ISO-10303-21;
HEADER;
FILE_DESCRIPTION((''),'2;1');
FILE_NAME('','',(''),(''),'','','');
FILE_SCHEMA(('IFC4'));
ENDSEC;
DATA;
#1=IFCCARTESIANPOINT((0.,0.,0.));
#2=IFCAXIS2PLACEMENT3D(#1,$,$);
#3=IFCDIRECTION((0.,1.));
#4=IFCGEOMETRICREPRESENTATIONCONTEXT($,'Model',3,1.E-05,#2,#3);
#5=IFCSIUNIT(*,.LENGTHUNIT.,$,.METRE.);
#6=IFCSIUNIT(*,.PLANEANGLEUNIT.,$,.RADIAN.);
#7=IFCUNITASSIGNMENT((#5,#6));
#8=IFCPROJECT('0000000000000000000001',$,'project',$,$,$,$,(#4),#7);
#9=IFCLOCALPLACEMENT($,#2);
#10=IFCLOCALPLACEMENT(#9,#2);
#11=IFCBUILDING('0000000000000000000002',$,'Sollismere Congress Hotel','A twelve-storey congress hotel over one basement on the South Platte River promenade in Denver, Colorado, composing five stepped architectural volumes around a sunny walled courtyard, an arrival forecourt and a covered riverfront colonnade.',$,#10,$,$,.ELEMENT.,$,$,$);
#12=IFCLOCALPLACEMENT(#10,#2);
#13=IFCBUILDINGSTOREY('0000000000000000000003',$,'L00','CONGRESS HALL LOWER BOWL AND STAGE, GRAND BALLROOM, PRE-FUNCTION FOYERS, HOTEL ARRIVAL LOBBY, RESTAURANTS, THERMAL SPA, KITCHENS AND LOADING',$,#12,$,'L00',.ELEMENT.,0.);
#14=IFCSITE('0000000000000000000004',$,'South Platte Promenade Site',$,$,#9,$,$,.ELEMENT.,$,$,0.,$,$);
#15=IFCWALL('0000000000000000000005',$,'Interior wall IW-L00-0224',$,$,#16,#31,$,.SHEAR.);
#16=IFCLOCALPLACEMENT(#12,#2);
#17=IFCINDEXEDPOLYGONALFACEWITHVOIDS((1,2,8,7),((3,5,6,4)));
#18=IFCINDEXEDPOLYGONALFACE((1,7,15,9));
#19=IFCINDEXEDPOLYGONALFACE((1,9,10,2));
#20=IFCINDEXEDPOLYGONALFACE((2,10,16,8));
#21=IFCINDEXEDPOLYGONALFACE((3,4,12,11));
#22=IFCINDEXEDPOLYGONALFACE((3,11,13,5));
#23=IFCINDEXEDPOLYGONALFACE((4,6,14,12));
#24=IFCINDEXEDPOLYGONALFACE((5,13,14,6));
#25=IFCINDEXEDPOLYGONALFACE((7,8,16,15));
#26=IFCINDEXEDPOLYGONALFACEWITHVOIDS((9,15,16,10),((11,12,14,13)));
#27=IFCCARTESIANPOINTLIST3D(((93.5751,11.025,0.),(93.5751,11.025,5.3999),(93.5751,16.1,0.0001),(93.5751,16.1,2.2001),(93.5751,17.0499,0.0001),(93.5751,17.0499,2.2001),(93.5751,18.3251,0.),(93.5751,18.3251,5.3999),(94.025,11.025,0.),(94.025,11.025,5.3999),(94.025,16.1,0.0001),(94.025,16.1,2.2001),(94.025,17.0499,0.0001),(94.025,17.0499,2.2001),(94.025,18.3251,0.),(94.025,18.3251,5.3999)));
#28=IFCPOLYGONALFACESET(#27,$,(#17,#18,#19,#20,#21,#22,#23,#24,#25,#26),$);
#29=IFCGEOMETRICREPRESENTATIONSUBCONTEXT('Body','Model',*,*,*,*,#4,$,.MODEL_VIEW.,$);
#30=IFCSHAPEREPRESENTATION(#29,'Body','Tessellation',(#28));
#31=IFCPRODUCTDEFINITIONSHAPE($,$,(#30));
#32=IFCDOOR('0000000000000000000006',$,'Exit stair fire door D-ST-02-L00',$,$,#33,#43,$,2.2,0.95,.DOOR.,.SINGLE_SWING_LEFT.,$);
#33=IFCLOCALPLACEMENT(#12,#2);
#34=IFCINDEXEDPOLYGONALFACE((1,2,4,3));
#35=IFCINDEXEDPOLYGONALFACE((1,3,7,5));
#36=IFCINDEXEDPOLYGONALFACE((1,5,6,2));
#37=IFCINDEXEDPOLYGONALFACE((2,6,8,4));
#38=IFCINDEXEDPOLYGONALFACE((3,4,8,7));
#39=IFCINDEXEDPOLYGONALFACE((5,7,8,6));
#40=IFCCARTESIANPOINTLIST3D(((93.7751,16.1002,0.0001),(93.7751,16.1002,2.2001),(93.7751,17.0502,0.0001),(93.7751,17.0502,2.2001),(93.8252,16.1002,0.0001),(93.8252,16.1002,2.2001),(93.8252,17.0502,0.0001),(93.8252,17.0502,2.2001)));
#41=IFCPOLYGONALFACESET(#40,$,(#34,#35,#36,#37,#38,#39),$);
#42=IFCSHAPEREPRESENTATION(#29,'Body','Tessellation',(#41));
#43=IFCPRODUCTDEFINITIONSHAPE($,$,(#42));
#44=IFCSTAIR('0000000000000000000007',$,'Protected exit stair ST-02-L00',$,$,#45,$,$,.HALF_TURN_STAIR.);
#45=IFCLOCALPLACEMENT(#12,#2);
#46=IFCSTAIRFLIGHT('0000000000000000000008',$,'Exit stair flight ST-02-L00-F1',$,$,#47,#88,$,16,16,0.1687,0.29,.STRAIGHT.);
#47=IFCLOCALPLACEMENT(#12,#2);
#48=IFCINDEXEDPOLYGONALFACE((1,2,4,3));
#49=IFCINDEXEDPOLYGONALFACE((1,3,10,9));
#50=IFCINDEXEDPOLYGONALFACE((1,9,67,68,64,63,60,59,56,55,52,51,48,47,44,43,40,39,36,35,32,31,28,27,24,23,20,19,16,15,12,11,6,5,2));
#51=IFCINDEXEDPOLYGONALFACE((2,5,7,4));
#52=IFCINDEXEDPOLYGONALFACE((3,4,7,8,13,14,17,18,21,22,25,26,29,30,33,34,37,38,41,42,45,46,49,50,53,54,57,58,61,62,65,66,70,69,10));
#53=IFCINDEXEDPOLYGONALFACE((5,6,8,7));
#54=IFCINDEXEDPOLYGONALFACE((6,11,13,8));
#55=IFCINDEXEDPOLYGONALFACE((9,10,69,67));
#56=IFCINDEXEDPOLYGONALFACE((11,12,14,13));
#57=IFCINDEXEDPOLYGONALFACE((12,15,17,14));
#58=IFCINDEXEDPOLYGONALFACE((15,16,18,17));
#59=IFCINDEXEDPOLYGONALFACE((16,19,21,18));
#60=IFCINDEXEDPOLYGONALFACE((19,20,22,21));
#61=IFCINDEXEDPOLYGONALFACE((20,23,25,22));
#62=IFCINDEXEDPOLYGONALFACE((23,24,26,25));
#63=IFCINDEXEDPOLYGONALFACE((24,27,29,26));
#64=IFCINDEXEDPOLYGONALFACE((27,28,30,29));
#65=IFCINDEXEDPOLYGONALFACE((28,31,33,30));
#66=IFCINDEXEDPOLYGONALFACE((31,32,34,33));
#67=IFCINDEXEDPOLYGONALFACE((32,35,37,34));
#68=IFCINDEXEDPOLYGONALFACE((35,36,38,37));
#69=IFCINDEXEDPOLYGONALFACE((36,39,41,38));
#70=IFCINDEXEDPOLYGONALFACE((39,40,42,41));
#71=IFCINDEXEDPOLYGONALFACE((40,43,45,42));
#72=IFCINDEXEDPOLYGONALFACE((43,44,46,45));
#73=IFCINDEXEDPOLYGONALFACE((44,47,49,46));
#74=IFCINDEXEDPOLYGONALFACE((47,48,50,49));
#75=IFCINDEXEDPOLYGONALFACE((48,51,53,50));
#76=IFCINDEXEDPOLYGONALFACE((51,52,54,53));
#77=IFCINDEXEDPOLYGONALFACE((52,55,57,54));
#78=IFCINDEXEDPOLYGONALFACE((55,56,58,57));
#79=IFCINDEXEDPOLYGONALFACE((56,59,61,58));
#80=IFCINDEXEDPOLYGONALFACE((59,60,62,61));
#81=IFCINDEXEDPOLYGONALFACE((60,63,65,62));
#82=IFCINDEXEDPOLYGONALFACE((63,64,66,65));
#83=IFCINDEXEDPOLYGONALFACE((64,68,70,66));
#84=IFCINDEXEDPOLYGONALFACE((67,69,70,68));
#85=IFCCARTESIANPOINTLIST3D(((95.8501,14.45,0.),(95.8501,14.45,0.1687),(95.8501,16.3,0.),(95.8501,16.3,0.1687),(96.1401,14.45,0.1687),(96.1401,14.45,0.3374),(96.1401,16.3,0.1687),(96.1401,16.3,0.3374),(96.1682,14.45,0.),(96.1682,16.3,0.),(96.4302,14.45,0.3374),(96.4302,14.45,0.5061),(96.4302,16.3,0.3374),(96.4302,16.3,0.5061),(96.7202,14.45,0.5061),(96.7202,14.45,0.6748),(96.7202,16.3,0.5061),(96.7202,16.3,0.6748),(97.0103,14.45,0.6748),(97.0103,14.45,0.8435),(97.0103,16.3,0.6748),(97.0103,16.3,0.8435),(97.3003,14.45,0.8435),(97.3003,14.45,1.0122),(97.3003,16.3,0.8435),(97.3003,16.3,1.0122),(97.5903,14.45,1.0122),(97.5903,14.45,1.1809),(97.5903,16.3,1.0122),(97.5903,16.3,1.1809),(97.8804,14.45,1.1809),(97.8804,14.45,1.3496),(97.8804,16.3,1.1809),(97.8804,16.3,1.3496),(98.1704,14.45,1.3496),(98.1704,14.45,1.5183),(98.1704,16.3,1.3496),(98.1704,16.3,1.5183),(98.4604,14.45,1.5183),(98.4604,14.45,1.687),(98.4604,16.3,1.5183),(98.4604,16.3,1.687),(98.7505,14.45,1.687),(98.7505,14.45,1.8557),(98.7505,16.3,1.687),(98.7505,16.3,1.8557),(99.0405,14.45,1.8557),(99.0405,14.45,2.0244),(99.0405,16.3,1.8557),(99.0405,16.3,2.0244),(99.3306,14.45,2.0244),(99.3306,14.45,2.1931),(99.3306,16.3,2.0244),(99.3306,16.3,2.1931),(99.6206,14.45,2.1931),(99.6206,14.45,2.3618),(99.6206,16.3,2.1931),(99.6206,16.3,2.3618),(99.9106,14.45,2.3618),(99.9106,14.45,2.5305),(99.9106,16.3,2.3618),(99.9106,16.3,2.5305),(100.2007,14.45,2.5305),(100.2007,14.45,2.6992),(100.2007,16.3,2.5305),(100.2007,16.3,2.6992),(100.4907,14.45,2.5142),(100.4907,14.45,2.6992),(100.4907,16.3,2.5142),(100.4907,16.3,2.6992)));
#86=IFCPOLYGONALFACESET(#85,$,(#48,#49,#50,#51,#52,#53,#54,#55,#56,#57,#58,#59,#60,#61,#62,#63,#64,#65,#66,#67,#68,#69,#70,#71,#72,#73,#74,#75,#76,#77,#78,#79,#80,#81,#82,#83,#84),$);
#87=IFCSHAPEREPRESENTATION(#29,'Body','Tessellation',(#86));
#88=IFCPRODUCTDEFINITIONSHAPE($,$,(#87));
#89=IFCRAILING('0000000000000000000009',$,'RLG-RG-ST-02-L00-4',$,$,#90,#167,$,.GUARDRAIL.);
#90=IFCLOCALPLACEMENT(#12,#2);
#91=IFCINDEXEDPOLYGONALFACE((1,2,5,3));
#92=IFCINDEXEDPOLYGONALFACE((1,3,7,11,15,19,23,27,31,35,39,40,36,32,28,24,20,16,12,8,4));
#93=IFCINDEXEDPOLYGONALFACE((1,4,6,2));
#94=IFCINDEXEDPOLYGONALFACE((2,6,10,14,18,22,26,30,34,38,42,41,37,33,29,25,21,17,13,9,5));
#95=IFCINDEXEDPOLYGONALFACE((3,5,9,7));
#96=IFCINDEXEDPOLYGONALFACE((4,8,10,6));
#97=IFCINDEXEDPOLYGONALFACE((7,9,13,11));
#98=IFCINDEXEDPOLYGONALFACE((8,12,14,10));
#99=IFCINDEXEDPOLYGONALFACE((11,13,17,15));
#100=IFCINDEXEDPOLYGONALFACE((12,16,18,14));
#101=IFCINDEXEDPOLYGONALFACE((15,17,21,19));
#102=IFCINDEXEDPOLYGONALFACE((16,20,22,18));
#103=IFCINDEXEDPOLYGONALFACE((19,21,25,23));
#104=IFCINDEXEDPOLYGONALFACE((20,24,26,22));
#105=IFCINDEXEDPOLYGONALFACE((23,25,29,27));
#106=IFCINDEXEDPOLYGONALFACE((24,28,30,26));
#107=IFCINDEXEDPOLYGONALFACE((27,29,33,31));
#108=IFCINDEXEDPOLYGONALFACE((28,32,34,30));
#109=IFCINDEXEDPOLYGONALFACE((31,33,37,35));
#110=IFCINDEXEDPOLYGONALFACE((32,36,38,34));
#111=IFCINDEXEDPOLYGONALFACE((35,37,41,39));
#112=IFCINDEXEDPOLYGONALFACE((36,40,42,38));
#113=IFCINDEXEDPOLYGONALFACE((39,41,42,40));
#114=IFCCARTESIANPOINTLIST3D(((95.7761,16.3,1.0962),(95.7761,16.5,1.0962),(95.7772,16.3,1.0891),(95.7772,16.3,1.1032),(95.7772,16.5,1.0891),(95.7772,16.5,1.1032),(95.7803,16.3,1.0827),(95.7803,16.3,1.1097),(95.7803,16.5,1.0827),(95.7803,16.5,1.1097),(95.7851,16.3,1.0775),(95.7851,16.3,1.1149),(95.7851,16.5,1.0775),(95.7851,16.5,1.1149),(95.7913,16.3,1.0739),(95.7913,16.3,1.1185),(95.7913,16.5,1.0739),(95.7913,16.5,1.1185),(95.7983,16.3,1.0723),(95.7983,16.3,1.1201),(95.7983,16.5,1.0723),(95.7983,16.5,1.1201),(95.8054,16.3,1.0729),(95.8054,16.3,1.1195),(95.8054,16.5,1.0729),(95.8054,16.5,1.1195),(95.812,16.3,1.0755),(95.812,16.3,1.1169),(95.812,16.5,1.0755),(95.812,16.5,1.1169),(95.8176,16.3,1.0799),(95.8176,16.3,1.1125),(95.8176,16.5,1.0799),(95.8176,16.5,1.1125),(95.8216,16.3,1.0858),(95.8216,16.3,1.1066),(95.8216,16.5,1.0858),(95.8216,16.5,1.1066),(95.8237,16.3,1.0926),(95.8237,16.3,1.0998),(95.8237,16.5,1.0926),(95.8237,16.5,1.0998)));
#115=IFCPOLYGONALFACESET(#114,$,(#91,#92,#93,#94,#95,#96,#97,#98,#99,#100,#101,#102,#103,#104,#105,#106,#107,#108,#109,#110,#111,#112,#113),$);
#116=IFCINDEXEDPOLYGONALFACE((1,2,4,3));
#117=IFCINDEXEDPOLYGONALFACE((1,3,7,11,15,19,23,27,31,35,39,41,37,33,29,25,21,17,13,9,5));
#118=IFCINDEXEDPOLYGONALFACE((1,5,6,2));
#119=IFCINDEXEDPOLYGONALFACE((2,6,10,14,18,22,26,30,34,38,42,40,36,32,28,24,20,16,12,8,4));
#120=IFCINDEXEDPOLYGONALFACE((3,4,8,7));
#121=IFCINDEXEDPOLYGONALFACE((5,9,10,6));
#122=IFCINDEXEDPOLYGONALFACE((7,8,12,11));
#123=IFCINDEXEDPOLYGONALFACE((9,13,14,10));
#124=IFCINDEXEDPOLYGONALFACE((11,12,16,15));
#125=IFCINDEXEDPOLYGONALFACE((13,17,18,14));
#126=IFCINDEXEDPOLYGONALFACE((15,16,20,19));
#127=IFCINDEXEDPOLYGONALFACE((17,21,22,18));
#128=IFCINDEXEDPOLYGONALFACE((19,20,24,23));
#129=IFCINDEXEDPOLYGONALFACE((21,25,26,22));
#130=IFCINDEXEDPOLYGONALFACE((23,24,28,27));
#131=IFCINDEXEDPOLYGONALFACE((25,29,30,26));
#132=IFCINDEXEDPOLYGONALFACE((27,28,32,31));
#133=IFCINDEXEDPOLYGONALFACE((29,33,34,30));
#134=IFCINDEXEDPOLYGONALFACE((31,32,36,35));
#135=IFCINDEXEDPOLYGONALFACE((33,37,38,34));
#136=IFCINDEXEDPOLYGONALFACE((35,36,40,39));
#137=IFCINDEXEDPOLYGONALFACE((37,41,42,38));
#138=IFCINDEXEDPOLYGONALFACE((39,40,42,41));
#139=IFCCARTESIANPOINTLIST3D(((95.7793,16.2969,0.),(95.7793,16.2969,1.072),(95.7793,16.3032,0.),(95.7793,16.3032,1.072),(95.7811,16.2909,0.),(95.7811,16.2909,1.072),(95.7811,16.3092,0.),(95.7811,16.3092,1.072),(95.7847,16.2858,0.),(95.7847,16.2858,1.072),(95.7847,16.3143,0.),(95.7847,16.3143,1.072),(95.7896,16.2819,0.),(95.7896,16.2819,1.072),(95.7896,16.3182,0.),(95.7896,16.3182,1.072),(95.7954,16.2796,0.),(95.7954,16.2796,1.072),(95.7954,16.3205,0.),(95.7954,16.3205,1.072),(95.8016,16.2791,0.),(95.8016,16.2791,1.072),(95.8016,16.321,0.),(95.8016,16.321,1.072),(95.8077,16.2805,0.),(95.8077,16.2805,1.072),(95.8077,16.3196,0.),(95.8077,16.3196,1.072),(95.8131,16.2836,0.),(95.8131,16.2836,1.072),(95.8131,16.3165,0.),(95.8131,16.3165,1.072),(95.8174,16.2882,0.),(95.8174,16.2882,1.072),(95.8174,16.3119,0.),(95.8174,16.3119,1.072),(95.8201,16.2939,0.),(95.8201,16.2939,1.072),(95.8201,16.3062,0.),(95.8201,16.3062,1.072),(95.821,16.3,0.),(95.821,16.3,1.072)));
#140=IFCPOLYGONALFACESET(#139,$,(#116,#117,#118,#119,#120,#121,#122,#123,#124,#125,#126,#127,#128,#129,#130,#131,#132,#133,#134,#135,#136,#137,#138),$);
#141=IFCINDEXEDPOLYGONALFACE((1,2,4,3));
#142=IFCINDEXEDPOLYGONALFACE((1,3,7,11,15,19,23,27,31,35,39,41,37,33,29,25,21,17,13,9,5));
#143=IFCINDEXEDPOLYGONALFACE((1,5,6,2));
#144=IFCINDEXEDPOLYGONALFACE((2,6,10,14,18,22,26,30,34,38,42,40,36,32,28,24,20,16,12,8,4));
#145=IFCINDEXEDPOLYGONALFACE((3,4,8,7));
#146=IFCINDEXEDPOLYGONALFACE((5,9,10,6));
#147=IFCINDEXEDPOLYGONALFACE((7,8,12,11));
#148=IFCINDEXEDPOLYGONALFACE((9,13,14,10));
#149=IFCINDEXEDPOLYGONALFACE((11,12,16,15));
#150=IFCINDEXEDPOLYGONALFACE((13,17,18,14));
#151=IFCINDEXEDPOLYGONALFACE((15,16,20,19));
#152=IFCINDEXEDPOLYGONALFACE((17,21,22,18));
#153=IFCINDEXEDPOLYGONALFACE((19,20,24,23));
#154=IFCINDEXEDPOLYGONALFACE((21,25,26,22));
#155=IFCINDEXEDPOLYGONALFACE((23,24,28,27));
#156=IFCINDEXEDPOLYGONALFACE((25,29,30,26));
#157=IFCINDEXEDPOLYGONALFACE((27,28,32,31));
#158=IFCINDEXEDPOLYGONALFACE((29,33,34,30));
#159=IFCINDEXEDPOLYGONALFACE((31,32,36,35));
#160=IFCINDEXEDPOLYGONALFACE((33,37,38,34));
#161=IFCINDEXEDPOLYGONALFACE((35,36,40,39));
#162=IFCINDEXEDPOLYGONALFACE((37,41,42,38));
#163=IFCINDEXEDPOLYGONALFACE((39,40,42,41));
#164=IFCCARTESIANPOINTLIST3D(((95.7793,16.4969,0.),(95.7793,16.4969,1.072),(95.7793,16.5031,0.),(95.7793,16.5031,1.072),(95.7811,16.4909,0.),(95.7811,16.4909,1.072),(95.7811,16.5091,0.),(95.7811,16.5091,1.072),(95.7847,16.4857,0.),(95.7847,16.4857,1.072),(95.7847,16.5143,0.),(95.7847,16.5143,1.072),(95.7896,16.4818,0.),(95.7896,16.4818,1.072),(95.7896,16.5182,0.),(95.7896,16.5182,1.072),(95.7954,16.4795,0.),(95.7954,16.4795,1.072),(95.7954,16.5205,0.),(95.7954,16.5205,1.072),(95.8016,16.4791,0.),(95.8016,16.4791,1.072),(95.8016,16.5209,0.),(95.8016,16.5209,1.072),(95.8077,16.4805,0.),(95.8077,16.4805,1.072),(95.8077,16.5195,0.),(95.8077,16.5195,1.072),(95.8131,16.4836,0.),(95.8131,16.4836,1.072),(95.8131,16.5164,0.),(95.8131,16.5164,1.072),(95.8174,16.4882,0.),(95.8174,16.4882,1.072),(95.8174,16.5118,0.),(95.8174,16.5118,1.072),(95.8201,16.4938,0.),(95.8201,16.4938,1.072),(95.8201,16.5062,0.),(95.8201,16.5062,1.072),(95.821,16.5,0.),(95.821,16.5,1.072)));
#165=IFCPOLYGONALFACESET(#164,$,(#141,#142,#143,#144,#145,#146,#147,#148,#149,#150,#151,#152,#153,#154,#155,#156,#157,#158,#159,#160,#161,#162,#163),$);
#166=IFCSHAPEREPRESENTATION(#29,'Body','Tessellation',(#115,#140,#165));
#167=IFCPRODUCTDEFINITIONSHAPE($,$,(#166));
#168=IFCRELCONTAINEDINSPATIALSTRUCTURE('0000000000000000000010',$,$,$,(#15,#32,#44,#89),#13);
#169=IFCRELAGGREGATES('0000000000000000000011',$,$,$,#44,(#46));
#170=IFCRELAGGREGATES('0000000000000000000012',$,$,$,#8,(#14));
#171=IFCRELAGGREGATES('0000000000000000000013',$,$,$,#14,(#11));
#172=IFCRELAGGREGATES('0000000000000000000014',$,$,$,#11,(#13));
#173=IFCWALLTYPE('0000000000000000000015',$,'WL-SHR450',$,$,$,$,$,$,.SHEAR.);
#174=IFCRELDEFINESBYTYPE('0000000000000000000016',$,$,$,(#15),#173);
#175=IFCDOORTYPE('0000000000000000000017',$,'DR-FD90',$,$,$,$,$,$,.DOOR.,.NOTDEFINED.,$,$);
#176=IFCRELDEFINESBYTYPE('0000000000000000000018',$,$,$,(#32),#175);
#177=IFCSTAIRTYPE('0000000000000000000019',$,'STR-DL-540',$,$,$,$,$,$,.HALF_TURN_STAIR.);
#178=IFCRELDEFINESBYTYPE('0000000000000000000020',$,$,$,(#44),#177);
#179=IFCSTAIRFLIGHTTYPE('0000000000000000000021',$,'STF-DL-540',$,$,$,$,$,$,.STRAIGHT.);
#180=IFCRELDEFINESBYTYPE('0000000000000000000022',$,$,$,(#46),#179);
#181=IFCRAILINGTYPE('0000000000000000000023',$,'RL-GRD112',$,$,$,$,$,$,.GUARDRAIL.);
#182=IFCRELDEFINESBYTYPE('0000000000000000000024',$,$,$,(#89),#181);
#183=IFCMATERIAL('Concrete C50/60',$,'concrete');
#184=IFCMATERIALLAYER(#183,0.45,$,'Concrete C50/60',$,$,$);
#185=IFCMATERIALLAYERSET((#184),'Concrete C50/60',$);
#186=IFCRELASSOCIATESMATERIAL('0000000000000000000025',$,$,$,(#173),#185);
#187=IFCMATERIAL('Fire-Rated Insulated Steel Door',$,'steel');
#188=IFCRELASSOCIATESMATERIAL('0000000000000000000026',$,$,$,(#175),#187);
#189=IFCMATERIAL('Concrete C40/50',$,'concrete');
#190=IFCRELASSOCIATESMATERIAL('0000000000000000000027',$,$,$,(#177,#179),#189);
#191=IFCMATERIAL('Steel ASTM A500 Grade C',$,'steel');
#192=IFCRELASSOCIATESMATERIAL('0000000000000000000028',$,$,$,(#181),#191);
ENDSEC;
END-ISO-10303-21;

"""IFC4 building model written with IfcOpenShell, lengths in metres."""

from ifc_helpers import new_model, si_unit, direction, frame, frame_2d, origin, origin_2d, place, context, subcontext, project, spatial, polyline, rectangle, circle, outline, extrude, material, layer, layer_set, type_object, element, fill, aggregate, save


model = new_model("IFC4")

# Units and contexts
model_context = context("Model", 3, precision=1e-05, world=origin(), true_north=direction((0.0, 1.0)))
body_context = subcontext(model_context, "Body", "Model", "MODEL_VIEW")
ifc_project = project(units=[si_unit("LENGTHUNIT", "METRE"), si_unit("PLANEANGLEUNIT", "RADIAN")], contexts=[model_context])

# Site, building, storey
site_placement = place(None, origin())
site = spatial("IfcSite", under=ifc_project, at=site_placement, Name="South Platte Promenade Site", CompositionType="ELEMENT", RefElevation=0.0)
building_placement = place(site_placement, origin())
building = spatial("IfcBuilding", under=site, at=building_placement, Name="Sollismere Congress Hotel", Description="A twelve-storey congress hotel over one basement on the South Platte River promenade in Denver, Colorado, composing five stepped architectural volumes around a sunny walled courtyard, an arrival forecourt and a covered riverfront colonnade.", CompositionType="ELEMENT")
storey_placement = place(building_placement, origin())
storey = spatial("IfcBuildingStorey", under=building, at=storey_placement, Name="L00", Description="CONGRESS HALL LOWER BOWL AND STAGE, GRAND BALLROOM, PRE-FUNCTION FOYERS, HOTEL ARRIVAL LOBBY, RESTAURANTS, THERMAL SPA, KITCHENS AND LOADING", LongName="L00", CompositionType="ELEMENT", Elevation=0.0)

# Shared definitions
ifc_material_1 = material(Name="Concrete C40/50", Category="concrete")

# Shared definitions
ifc_material_2 = material(Name="Steel ASTM A500 Grade C", Category="steel")

# Shared definitions
ifc_material_3 = material(Name="Concrete C50/60", Category="concrete")

# Wall, opening, door
ifc_layer_1 = layer(ifc_material_3, 0.45, Name="Concrete C50/60")
ifc_layer_set_1 = layer_set([ifc_layer_1], Name="Concrete C50/60")
wall_type_1 = type_object("IfcWallType", Name="WL-SHR450", PredefinedType="SHEAR", material=ifc_layer_set_1)
wall_1_placement = place(storey_placement, frame((93.8, 18.325, 0.0), z_axis=(0.0, 0.0, 1.0), x_axis=(0.0, -1.0, 0.0)))
wall_1 = element("IfcWall", 1, at=wall_1_placement, inside=storey, type_object=wall_type_1, Name="Interior wall IW-L00-0224", PredefinedType="SHEAR", context=body_context, shape_type="SweptSolid", body=[
    extrude(rectangle(XDim=7.3, YDim=0.45, at=frame_2d((3.6499, 0.0))), origin(), (0.0, 0.0, 1.0), 5.3999),
])
opening_1_placement = place(wall_1_placement, frame((1.2749, 0.0, 0.0)))
opening_1 = element("IfcOpeningElement", 2, at=opening_1_placement, cuts=wall_1, PredefinedType="OPENING", context=body_context, shape_type="SweptSolid", body=[
    extrude(rectangle(XDim=0.95, YDim=2.2, at=frame_2d((0.4751, 1.1001))), frame((0.0, 0.2349, 0.0), z_axis=(0.0, -1.0, 0.0), x_axis=(1.0, 0.0, 0.0)), (0.0, 0.0, 1.0), 0.47),
])
ifc_material_4 = material(Name="Fire-Rated Insulated Steel Door", Category="steel")
door_type_1 = type_object("IfcDoorType", Name="DR-FD90", OperationType="NOTDEFINED", PredefinedType="DOOR", material=ifc_material_4)
door_1_placement = place(opening_1_placement, frame((0.95, 0.0, 0.0), z_axis=(0.0, 0.0, 1.0), x_axis=(-1.0, 0.0, 0.0)))
door_1 = element("IfcDoor", 3, at=door_1_placement, inside=storey, type_object=door_type_1, Name="Exit stair fire door D-ST-02-L00", OperationType="SINGLE_SWING_LEFT", OverallHeight=2.2, OverallWidth=0.95, PredefinedType="DOOR", context=body_context, shape_type="SweptSolid", body=[
    extrude(rectangle(XDim=0.95, YDim=2.2, at=frame_2d((0.4751, 1.1001))), frame((0.0, 0.0249, 0.0), z_axis=(0.0, -1.0, 0.0), x_axis=(1.0, 0.0, 0.0)), (0.0, 0.0, 1.0), 0.05),
])
fill(opening_1, door_1)

# Stair, stair flight
stair_type = type_object("IfcStairType", Name="STR-DL-540", PredefinedType="HALF_TURN_STAIR", material=ifc_material_1)
stair_placement = place(storey_placement, origin())
stair = element("IfcStair", 4, at=stair_placement, inside=storey, type_object=stair_type, Name="Protected exit stair ST-02-L00", PredefinedType="HALF_TURN_STAIR")
stair_flight_type = type_object("IfcStairFlightType", Name="STF-DL-540", PredefinedType="STRAIGHT", material=ifc_material_1)
stair_flight_placement = place(storey_placement, frame((95.8501, 15.375, 0.0), z_axis=(0.0, 0.0, 1.0), x_axis=(1.0, 0.0, 0.0)))
stair_flight = element("IfcStairFlight", 5, at=stair_flight_placement, type_object=stair_flight_type, Name="Exit stair flight ST-02-L00-F1", NumberOfRisers=16, NumberOfTreads=16, PredefinedType="STRAIGHT", RiserHeight=0.1687, TreadLength=0.29, context=body_context, shape_type="SweptSolid", body=[
    extrude(outline(polyline([(0.0, 0.0), (0.0, 0.1687), (0.29, 0.1687), (0.29, 0.3374), (0.5801, 0.3374), (0.5801, 0.5061), (0.8701, 0.5061), (0.8701, 0.6748), (1.1602, 0.6748), (1.1602, 0.8435), (1.4502, 0.8435), (1.4502, 1.0122), (1.7402, 1.0122), (1.7402, 1.1809), (2.0303, 1.1809), (2.0303, 1.3496), (2.3203, 1.3496), (2.3203, 1.5183), (2.6104, 1.5183), (2.6104, 1.687), (2.9004, 1.687), (2.9004, 1.8557), (3.1904, 1.8557), (3.1904, 2.0244), (3.4805, 2.0244), (3.4805, 2.1931), (3.7705, 2.1931), (3.7705, 2.3618), (4.0605, 2.3618), (4.0605, 2.5305), (4.3506, 2.5305), (4.3506, 2.6992), (4.6406, 2.6992), (4.6406, 2.5142), (0.3181, 0.0), (0.0, 0.0)])), frame((0.0, 0.925, 0.0), z_axis=(0.0, -1.0, 0.0), x_axis=(1.0, 0.0, 0.0)), (0.0, 0.0, 1.0), 1.8501),
])
aggregate(stair, [stair_flight])

# Railing
railing_type_1 = type_object("IfcRailingType", Name="RL-GRD112", PredefinedType="GUARDRAIL", material=ifc_material_2)
railing_1_placement = place(storey_placement, frame((95.8, 16.3, 0.0)))
element("IfcRailing", 6, at=railing_1_placement, inside=storey, type_object=railing_type_1, Name="RLG-RG-ST-02-L00-4", PredefinedType="GUARDRAIL", context=body_context, shape_type="SweptSolid", body=[
    extrude(circle(Radius=0.0239, at=origin_2d()), frame((0.0, 0.0, 1.0962), z_axis=(0.0, 1.0, 0.0), x_axis=(-1.0, 0.0, 0.0)), (0.0, 0.0, 1.0), 0.2),
    extrude(circle(Radius=0.021, at=origin_2d()), origin(), (0.0, 0.0, 1.0), 1.072),
    extrude(circle(Radius=0.021, at=origin_2d()), frame((0.0, 0.2, 0.0)), (0.0, 0.0, 1.0), 1.072),
])

save(model, "model.ifc")
